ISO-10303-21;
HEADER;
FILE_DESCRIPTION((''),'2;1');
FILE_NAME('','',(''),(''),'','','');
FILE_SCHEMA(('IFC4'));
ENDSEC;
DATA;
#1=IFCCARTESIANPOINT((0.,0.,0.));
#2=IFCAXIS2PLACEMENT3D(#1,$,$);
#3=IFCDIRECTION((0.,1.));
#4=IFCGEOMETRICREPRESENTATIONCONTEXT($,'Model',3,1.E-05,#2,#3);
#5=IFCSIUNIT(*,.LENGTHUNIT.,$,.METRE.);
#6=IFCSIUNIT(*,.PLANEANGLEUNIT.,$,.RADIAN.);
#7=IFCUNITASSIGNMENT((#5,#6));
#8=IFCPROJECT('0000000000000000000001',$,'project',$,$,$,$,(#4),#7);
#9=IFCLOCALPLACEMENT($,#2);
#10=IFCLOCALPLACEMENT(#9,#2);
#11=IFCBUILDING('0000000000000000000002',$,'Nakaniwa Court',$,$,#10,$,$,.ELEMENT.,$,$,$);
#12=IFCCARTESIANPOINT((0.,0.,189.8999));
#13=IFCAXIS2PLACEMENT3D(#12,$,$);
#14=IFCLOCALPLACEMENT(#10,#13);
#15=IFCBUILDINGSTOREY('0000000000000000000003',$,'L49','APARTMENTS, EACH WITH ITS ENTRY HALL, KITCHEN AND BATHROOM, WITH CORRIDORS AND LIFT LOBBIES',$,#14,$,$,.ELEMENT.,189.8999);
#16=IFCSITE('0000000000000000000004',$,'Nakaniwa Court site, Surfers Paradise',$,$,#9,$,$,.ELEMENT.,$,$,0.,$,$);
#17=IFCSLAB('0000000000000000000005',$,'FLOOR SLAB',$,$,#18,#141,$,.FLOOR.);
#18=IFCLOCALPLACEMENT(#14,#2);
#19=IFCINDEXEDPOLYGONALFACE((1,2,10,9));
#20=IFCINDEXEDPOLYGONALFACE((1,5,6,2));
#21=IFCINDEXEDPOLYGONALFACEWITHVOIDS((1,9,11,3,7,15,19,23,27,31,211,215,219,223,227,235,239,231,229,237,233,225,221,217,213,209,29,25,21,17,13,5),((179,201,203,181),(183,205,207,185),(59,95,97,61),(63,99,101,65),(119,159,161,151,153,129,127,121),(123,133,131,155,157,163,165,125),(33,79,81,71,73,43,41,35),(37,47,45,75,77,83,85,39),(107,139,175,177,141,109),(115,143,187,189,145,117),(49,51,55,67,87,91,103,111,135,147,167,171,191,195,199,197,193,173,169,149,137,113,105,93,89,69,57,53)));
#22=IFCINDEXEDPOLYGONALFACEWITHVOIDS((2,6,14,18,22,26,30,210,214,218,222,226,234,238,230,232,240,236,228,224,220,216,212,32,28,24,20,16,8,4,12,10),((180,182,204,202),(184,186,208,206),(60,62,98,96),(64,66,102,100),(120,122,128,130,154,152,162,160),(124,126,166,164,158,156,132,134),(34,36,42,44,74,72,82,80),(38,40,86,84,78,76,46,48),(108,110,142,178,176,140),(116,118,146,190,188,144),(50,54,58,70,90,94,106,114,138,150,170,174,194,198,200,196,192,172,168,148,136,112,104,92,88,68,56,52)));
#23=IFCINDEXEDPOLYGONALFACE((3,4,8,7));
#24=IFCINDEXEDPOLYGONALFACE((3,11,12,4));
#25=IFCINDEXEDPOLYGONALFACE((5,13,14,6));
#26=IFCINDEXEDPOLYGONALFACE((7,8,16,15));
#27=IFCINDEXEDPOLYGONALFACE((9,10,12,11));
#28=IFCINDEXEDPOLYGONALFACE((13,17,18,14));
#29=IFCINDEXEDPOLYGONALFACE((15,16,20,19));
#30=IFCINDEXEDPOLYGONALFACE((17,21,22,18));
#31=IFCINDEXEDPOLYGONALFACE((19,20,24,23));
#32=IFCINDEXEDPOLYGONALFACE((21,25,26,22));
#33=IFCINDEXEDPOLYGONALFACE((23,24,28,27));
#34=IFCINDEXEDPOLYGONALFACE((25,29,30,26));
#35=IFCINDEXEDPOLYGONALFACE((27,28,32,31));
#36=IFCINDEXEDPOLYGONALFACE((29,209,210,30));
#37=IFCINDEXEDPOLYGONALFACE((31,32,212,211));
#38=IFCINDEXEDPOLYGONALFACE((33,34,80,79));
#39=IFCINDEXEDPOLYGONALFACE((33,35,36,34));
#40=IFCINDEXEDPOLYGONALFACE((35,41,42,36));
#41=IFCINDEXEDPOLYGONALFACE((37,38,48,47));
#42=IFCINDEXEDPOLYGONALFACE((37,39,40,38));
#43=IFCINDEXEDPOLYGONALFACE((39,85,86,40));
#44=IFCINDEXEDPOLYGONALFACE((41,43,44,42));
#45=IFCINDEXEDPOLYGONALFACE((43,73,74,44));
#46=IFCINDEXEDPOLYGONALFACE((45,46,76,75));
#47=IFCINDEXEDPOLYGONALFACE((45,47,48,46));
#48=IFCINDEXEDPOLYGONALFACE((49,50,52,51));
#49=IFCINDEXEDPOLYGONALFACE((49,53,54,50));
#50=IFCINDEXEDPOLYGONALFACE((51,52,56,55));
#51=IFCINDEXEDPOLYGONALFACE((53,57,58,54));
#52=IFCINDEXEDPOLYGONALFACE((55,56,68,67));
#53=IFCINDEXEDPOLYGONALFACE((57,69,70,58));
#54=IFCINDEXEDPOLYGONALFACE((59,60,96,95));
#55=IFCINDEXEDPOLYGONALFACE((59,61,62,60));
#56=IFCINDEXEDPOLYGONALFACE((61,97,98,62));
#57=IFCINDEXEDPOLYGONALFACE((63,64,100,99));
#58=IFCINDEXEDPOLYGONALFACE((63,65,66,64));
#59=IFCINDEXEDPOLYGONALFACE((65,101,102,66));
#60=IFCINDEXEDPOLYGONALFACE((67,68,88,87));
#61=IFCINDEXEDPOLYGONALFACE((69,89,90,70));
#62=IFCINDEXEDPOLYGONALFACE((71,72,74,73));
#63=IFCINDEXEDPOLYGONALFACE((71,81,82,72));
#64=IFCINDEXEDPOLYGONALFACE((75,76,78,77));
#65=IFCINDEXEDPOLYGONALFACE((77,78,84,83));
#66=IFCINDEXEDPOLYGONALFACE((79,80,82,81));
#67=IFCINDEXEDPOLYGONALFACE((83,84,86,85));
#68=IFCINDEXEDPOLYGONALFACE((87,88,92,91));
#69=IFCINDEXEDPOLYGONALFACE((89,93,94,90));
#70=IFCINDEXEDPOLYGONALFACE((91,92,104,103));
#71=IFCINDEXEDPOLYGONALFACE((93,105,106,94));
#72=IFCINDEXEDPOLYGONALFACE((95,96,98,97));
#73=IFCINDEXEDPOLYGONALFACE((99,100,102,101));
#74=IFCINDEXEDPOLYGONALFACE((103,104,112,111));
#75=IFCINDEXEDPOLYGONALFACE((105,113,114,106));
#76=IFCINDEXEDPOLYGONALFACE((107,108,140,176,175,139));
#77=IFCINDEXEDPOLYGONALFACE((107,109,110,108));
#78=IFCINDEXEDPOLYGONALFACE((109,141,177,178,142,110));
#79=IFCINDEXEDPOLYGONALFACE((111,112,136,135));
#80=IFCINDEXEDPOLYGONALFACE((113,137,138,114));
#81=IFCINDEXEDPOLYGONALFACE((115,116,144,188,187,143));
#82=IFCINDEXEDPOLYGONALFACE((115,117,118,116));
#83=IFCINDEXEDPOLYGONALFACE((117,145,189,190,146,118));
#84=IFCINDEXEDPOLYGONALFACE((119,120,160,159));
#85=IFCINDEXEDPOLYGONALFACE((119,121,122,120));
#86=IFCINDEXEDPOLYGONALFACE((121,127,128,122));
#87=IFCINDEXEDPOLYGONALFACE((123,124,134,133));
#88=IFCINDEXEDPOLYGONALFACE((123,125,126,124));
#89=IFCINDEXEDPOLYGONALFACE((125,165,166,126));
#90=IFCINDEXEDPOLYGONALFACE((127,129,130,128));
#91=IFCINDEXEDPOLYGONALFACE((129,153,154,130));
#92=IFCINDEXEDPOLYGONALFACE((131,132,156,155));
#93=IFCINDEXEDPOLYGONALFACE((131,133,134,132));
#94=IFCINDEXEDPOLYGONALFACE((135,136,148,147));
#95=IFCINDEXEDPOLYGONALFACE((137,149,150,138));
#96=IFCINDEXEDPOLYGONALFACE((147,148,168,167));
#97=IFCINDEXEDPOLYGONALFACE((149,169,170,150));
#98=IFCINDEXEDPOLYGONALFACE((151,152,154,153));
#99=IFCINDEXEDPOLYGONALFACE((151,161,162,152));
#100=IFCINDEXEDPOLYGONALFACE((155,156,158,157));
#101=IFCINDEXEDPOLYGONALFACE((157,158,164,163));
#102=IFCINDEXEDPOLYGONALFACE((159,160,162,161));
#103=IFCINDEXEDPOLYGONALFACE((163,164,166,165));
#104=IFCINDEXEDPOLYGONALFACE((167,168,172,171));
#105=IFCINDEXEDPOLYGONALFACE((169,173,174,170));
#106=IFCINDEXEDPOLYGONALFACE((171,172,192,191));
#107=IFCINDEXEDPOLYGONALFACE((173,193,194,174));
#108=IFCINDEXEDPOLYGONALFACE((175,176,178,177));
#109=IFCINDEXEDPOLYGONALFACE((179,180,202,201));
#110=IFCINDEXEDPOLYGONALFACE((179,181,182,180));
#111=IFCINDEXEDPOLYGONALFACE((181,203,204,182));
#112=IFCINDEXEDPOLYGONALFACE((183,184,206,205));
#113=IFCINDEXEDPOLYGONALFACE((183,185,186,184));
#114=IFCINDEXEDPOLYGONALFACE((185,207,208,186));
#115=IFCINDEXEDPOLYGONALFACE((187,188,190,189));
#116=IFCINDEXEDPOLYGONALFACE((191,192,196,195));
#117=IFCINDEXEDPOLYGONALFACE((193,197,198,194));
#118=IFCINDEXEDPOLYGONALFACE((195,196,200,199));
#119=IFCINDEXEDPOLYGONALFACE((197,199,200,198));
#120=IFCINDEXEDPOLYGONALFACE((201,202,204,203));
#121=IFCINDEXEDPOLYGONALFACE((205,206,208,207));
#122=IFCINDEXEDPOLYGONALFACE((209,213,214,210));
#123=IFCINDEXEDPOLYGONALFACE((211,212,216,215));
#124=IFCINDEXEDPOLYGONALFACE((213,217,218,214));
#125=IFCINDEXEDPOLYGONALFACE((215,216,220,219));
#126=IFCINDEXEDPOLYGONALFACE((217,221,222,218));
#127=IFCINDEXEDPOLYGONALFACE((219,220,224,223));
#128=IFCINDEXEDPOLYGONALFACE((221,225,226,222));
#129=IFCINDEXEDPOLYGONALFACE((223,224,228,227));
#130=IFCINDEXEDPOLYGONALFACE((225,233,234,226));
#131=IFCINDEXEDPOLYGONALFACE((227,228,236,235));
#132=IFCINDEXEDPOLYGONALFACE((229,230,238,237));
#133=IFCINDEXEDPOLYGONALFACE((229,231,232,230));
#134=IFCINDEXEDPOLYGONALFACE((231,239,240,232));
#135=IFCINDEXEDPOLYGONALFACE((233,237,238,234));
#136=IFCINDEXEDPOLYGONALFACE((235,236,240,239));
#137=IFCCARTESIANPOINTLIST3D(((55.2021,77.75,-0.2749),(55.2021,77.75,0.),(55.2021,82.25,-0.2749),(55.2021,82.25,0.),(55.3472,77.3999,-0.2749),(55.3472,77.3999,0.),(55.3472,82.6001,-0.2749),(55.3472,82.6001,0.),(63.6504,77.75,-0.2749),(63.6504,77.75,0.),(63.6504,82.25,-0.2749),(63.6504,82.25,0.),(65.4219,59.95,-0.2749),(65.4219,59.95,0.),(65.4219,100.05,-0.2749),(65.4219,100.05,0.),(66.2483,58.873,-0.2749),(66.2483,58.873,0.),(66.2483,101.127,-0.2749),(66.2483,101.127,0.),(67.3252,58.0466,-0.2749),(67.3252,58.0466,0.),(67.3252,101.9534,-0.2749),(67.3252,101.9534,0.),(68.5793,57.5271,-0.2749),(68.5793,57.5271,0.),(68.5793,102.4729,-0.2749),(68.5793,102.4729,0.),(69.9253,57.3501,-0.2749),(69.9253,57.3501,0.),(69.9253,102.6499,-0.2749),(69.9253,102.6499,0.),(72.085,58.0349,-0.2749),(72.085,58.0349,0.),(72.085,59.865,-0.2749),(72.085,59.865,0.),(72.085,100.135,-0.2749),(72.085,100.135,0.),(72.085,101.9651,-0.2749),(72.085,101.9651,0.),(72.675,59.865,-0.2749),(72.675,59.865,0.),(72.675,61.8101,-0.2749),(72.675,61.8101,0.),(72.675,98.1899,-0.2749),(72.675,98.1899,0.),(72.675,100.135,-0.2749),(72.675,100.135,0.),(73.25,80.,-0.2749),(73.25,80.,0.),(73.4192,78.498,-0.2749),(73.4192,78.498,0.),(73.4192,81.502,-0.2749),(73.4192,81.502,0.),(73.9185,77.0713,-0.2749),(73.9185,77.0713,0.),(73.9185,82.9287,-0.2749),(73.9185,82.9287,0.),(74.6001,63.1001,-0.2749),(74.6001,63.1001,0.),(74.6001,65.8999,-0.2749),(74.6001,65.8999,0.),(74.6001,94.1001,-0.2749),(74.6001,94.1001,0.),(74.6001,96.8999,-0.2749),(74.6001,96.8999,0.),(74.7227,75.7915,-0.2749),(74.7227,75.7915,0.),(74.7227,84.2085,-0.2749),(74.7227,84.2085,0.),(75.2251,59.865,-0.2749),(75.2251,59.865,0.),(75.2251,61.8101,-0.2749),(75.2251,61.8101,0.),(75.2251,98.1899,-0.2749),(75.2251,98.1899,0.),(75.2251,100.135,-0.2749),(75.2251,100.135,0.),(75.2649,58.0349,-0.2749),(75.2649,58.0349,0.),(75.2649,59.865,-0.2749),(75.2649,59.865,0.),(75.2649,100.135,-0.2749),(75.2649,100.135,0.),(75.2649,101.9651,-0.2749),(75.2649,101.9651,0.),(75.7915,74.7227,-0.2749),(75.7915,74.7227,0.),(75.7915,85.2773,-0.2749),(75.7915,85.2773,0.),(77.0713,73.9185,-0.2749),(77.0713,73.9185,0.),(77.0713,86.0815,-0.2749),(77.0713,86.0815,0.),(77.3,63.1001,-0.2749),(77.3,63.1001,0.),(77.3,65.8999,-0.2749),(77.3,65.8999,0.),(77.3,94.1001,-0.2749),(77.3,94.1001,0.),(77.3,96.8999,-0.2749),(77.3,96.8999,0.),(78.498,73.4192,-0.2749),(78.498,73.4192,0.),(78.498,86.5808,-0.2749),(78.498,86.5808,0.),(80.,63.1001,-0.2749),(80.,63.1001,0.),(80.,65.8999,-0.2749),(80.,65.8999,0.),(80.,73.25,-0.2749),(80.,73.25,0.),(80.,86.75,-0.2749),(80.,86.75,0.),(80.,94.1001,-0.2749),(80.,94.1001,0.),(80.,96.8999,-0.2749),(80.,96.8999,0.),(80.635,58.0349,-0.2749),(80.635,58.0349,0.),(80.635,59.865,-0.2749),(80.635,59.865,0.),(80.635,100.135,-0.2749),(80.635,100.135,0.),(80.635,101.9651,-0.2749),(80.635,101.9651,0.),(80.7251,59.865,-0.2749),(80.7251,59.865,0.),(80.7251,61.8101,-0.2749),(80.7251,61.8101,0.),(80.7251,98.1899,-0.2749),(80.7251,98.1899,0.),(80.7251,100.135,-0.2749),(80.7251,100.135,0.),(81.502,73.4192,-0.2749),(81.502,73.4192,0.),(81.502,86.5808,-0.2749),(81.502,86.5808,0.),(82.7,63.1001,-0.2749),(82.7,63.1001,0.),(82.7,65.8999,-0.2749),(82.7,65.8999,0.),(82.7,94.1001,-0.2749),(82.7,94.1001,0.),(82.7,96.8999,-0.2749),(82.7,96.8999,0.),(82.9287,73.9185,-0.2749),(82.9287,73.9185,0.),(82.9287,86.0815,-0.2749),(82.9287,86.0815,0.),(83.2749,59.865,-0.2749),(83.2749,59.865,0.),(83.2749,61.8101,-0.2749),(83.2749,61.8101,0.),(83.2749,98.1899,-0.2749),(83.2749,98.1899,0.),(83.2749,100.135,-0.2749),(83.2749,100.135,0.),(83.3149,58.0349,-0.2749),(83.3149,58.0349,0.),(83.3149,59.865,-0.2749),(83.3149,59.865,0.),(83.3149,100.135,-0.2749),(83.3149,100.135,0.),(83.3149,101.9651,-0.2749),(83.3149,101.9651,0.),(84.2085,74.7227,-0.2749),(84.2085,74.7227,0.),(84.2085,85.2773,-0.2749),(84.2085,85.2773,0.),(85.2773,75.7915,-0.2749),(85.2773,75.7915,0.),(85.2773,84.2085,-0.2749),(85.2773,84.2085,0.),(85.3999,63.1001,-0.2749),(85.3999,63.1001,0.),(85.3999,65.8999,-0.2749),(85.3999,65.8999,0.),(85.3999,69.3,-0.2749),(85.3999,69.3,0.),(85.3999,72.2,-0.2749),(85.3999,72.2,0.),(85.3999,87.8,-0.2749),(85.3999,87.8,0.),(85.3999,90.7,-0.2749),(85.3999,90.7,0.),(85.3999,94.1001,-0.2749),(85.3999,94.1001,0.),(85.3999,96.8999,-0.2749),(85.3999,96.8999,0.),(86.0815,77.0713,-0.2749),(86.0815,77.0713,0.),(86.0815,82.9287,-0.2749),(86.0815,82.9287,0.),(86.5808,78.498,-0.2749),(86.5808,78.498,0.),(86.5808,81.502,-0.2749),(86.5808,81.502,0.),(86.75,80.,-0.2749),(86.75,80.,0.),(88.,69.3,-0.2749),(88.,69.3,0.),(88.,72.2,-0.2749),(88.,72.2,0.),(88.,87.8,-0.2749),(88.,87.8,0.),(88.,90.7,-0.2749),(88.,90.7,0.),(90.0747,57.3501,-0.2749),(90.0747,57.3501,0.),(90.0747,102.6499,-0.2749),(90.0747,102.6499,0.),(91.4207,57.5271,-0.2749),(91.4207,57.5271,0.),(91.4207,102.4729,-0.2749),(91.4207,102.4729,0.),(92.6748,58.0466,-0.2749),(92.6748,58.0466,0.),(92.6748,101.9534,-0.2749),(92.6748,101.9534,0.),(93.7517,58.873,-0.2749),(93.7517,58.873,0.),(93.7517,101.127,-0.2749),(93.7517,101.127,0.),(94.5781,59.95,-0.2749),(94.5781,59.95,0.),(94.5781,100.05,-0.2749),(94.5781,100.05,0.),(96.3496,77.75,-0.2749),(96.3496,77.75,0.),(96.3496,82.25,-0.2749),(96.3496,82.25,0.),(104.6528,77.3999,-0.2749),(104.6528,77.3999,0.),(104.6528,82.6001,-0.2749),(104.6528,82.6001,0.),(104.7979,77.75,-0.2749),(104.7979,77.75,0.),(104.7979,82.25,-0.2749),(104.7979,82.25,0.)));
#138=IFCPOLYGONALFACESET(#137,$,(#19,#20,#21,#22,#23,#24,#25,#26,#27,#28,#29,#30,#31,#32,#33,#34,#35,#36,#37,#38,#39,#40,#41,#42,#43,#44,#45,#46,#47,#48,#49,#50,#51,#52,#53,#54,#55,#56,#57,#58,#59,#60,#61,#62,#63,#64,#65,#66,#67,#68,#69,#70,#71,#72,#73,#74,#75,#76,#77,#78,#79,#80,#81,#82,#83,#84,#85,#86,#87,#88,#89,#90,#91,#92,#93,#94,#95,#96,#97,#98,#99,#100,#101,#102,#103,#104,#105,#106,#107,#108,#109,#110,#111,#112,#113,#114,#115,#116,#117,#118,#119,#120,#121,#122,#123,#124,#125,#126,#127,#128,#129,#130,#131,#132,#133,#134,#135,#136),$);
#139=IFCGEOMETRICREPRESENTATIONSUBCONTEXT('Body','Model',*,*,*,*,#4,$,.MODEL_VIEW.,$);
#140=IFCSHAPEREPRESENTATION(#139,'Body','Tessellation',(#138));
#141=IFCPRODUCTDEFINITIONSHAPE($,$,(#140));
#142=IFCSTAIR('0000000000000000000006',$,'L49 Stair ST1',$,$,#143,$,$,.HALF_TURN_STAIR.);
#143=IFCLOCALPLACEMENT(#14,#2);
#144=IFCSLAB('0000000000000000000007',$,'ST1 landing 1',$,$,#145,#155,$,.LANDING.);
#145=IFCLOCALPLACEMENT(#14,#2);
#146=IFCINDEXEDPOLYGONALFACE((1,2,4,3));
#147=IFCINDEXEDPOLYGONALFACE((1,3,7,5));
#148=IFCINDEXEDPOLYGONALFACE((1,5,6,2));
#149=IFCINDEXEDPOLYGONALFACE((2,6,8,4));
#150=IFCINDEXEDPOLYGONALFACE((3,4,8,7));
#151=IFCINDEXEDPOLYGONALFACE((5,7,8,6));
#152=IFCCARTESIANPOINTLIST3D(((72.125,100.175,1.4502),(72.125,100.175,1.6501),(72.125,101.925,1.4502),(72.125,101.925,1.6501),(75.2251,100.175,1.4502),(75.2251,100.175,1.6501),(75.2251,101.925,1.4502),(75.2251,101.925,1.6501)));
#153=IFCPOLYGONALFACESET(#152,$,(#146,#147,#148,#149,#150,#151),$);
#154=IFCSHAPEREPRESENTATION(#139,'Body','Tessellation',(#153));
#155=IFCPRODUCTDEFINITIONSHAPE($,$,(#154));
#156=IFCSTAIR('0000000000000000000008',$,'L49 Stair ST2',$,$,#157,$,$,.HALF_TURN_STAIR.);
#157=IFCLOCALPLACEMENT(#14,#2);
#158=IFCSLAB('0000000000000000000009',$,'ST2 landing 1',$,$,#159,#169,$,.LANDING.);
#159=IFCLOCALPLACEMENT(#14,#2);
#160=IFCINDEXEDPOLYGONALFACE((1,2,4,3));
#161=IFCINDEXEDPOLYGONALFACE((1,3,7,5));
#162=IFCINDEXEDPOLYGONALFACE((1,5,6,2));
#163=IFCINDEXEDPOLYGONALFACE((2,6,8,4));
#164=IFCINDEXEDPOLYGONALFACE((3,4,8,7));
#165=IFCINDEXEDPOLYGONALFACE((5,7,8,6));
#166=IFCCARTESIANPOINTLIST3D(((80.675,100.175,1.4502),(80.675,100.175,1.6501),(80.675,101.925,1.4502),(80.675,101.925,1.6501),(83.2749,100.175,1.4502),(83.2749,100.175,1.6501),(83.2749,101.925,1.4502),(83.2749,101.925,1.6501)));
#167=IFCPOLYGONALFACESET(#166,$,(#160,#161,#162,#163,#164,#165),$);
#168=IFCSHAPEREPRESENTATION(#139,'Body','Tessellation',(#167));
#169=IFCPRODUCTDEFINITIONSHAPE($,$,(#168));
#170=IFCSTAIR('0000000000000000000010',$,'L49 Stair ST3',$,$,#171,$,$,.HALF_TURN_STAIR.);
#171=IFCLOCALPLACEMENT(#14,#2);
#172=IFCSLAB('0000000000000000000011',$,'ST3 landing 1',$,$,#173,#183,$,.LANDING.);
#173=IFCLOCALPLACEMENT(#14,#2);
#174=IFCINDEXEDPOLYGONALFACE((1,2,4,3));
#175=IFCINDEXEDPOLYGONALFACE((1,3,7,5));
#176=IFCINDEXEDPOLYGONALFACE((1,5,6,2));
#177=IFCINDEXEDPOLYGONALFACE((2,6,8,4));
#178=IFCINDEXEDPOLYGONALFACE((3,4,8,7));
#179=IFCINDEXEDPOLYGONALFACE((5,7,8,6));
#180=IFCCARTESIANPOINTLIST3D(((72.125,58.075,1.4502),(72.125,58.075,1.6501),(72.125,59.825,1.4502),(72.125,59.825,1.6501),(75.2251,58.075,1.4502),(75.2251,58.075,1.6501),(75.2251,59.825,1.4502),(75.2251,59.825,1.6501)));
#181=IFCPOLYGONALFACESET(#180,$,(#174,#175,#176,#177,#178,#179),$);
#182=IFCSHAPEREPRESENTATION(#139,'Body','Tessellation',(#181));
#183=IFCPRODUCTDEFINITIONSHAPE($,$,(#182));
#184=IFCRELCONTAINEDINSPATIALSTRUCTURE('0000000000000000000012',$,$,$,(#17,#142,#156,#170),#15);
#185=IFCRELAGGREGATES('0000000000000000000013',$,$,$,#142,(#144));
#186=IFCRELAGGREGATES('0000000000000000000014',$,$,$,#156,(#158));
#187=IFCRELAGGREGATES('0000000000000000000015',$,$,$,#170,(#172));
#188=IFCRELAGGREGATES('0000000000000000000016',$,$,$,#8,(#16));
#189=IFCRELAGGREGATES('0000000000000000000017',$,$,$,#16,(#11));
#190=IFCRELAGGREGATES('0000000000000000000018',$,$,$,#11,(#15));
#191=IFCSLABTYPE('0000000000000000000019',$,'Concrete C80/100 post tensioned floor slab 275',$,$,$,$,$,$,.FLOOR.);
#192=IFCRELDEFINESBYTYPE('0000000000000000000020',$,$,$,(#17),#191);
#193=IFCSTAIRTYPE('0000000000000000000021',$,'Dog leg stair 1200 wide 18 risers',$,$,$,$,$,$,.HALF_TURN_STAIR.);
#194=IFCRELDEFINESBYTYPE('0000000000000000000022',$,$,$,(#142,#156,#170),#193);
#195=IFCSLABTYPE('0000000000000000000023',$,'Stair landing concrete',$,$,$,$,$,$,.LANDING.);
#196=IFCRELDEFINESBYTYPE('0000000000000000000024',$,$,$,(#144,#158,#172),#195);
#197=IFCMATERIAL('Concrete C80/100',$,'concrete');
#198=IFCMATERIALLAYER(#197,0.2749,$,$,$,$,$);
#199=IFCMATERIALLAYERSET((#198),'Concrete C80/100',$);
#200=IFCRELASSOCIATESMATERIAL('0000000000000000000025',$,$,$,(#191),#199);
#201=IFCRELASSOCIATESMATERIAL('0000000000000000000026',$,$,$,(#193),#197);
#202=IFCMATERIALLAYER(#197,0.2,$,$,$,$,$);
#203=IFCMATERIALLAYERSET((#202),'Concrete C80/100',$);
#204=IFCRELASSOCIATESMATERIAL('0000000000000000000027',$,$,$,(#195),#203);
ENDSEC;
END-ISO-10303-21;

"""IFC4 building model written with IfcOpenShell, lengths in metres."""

from ifc_helpers import new_model, si_unit, direction, frame, origin, place, context, subcontext, project, spatial, polyline, outline, extrude, material, layer, layer_set, type_object, element, aggregate, save


model = new_model("IFC4")

# Units and contexts
model_context = context("Model", 3, precision=1e-05, world=origin(), true_north=direction((0.0, 1.0)))
body_context = subcontext(model_context, "Body", "Model", "MODEL_VIEW")
ifc_project = project(units=[si_unit("LENGTHUNIT", "METRE"), si_unit("PLANEANGLEUNIT", "RADIAN")], contexts=[model_context])

# Site, building, storey
site_placement = place(None, origin())
site = spatial("IfcSite", under=ifc_project, at=site_placement, Name="Nakaniwa Court site, Surfers Paradise", CompositionType="ELEMENT", RefElevation=0.0)
building_placement = place(site_placement, origin())
building = spatial("IfcBuilding", under=site, at=building_placement, Name="Nakaniwa Court", CompositionType="ELEMENT")
storey_placement = place(building_placement, frame((0.0, 0.0, 189.8999)))
storey = spatial("IfcBuildingStorey", under=building, at=storey_placement, Name="L49", Description="APARTMENTS, EACH WITH ITS ENTRY HALL, KITCHEN AND BATHROOM, WITH CORRIDORS AND LIFT LOBBIES", CompositionType="ELEMENT", Elevation=189.8999)

# Shared definitions
ifc_material_1 = material(Name="Concrete C80/100", Category="concrete")

# Slab
ifc_layer_1 = layer(ifc_material_1, 0.2749)
ifc_layer_set_1 = layer_set([ifc_layer_1], Name="Concrete C80/100")
slab_type_1 = type_object("IfcSlabType", Name="Concrete C80/100 post tensioned floor slab 275", PredefinedType="FLOOR", material=ifc_layer_set_1)
slab_1_placement = place(storey_placement, frame((0.0, 0.0, -0.2749)))
element("IfcSlab", 1, at=slab_1_placement, inside=storey, type_object=slab_type_1, Name="FLOOR SLAB", PredefinedType="FLOOR", context=body_context, shape_type="SweptSolid", body=[
    extrude(outline(polyline([(96.3496, 82.25), (104.7979, 82.25), (104.6528, 82.6001), (94.5781, 100.05), (93.7517, 101.127), (92.6748, 101.9534), (91.4207, 102.4729), (90.0747, 102.6499), (69.9253, 102.6499), (68.5793, 102.4729), (67.3252, 101.9534), (66.2483, 101.127), (65.4219, 100.05), (55.3472, 82.6001), (55.2021, 82.25), (63.6504, 82.25), (63.6504, 77.75), (55.2021, 77.75), (55.3472, 77.3999), (65.4219, 59.95), (66.2483, 58.873), (67.3252, 58.0466), (68.5793, 57.5271), (69.9253, 57.3501), (90.0747, 57.3501), (91.4207, 57.5271), (92.6748, 58.0466), (93.7517, 58.873), (94.5781, 59.95), (104.6528, 77.3999), (104.7979, 77.75), (96.3496, 77.75), (96.3496, 82.25)]), holes=[polyline([(81.502, 86.5808), (80.0, 86.75), (78.498, 86.5808), (77.0713, 86.0815), (75.7915, 85.2773), (74.7227, 84.2085), (73.9185, 82.9287), (73.4192, 81.502), (73.25, 80.0), (73.4192, 78.498), (73.9185, 77.0713), (74.7227, 75.7915), (75.7915, 74.7227), (77.0713, 73.9185), (78.498, 73.4192), (80.0, 73.25), (81.502, 73.4192), (82.9287, 73.9185), (84.2085, 74.7227), (85.2773, 75.7915), (86.0815, 77.0713), (86.5808, 78.498), (86.75, 80.0), (86.5808, 81.502), (86.0815, 82.9287), (85.2773, 84.2085), (84.2085, 85.2773), (82.9287, 86.0815), (81.502, 86.5808)]), polyline([(72.675, 61.8101), (72.675, 59.865), (72.085, 59.865), (72.085, 58.0349), (75.2649, 58.0349), (75.2649, 59.865), (75.2251, 59.865), (75.2251, 61.8101), (72.675, 61.8101)]), polyline([(77.3, 65.8999), (74.6001, 65.8999), (74.6001, 63.1001), (77.3, 63.1001), (77.3, 65.8999)]), polyline([(80.0, 65.8999), (80.0, 63.1001), (82.7, 63.1001), (85.3999, 63.1001), (85.3999, 65.8999), (82.7, 65.8999), (80.0, 65.8999)]), polyline([(77.3, 96.8999), (74.6001, 96.8999), (74.6001, 94.1001), (77.3, 94.1001), (77.3, 96.8999)]), polyline([(80.0, 96.8999), (80.0, 94.1001), (82.7, 94.1001), (85.3999, 94.1001), (85.3999, 96.8999), (82.7, 96.8999), (80.0, 96.8999)]), polyline([(75.2649, 100.135), (75.2649, 101.9651), (72.085, 101.9651), (72.085, 100.135), (72.675, 100.135), (72.675, 98.1899), (75.2251, 98.1899), (75.2251, 100.135), (75.2649, 100.135)]), polyline([(83.2749, 61.8101), (80.7251, 61.8101), (80.7251, 59.865), (80.635, 59.865), (80.635, 58.0349), (83.3149, 58.0349), (83.3149, 59.865), (83.2749, 59.865), (83.2749, 61.8101)]), polyline([(88.0, 72.2), (85.3999, 72.2), (85.3999, 69.3), (88.0, 69.3), (88.0, 72.2)]), polyline([(88.0, 90.7), (85.3999, 90.7), (85.3999, 87.8), (88.0, 87.8), (88.0, 90.7)]), polyline([(83.3149, 100.135), (83.3149, 101.9651), (80.635, 101.9651), (80.635, 100.135), (80.7251, 100.135), (80.7251, 98.1899), (83.2749, 98.1899), (83.2749, 100.135), (83.3149, 100.135)])]), origin(), (0.0, 0.0, 1.0), 0.2749),
])

# Stairs, slabs
stair_type = type_object("IfcStairType", Name="Dog leg stair 1200 wide 18 risers", PredefinedType="HALF_TURN_STAIR", material=ifc_material_1)
stair_1_placement = place(storey_placement, origin())
stair_1 = element("IfcStair", 2, at=stair_1_placement, inside=storey, type_object=stair_type, Name="L49 Stair ST1", PredefinedType="HALF_TURN_STAIR")
ifc_layer_2 = layer(ifc_material_1, 0.2)
ifc_layer_set_2 = layer_set([ifc_layer_2], Name="Concrete C80/100")
slab_type_2 = type_object("IfcSlabType", Name="Stair landing concrete", PredefinedType="LANDING", material=ifc_layer_set_2)
slab_2_placement = place(storey_placement, frame((0.0, 0.0, 1.4502)))
slab_2 = element("IfcSlab", 3, at=slab_2_placement, type_object=slab_type_2, Name="ST1 landing 1", PredefinedType="LANDING", context=body_context, shape_type="SweptSolid", body=[
    extrude(outline(polyline([(75.2251, 100.175), (75.2251, 101.925), (72.125, 101.925), (72.125, 100.175), (75.2251, 100.175)])), origin(), (0.0, 0.0, 1.0), 0.2),
])
aggregate(stair_1, [slab_2])
stair_2_placement = place(storey_placement, origin())
stair_2 = element("IfcStair", 4, at=stair_2_placement, inside=storey, type_object=stair_type, Name="L49 Stair ST2", PredefinedType="HALF_TURN_STAIR")
slab_3_placement = place(storey_placement, frame((0.0, 0.0, 1.4502)))
slab_3 = element("IfcSlab", 5, at=slab_3_placement, type_object=slab_type_2, Name="ST2 landing 1", PredefinedType="LANDING", context=body_context, shape_type="SweptSolid", body=[
    extrude(outline(polyline([(83.2749, 100.175), (83.2749, 101.925), (80.675, 101.925), (80.675, 100.175), (83.2749, 100.175)])), origin(), (0.0, 0.0, 1.0), 0.2),
])
aggregate(stair_2, [slab_3])
stair_3_placement = place(storey_placement, origin())
stair_3 = element("IfcStair", 6, at=stair_3_placement, inside=storey, type_object=stair_type, Name="L49 Stair ST3", PredefinedType="HALF_TURN_STAIR")
slab_4_placement = place(storey_placement, frame((0.0, 0.0, 1.4502)))
slab_4 = element("IfcSlab", 7, at=slab_4_placement, type_object=slab_type_2, Name="ST3 landing 1", PredefinedType="LANDING", context=body_context, shape_type="SweptSolid", body=[
    extrude(outline(polyline([(75.2251, 58.075), (75.2251, 59.825), (72.125, 59.825), (72.125, 58.075), (75.2251, 58.075)])), origin(), (0.0, 0.0, 1.0), 0.2),
])
aggregate(stair_3, [slab_4])

save(model, "model.ifc")
